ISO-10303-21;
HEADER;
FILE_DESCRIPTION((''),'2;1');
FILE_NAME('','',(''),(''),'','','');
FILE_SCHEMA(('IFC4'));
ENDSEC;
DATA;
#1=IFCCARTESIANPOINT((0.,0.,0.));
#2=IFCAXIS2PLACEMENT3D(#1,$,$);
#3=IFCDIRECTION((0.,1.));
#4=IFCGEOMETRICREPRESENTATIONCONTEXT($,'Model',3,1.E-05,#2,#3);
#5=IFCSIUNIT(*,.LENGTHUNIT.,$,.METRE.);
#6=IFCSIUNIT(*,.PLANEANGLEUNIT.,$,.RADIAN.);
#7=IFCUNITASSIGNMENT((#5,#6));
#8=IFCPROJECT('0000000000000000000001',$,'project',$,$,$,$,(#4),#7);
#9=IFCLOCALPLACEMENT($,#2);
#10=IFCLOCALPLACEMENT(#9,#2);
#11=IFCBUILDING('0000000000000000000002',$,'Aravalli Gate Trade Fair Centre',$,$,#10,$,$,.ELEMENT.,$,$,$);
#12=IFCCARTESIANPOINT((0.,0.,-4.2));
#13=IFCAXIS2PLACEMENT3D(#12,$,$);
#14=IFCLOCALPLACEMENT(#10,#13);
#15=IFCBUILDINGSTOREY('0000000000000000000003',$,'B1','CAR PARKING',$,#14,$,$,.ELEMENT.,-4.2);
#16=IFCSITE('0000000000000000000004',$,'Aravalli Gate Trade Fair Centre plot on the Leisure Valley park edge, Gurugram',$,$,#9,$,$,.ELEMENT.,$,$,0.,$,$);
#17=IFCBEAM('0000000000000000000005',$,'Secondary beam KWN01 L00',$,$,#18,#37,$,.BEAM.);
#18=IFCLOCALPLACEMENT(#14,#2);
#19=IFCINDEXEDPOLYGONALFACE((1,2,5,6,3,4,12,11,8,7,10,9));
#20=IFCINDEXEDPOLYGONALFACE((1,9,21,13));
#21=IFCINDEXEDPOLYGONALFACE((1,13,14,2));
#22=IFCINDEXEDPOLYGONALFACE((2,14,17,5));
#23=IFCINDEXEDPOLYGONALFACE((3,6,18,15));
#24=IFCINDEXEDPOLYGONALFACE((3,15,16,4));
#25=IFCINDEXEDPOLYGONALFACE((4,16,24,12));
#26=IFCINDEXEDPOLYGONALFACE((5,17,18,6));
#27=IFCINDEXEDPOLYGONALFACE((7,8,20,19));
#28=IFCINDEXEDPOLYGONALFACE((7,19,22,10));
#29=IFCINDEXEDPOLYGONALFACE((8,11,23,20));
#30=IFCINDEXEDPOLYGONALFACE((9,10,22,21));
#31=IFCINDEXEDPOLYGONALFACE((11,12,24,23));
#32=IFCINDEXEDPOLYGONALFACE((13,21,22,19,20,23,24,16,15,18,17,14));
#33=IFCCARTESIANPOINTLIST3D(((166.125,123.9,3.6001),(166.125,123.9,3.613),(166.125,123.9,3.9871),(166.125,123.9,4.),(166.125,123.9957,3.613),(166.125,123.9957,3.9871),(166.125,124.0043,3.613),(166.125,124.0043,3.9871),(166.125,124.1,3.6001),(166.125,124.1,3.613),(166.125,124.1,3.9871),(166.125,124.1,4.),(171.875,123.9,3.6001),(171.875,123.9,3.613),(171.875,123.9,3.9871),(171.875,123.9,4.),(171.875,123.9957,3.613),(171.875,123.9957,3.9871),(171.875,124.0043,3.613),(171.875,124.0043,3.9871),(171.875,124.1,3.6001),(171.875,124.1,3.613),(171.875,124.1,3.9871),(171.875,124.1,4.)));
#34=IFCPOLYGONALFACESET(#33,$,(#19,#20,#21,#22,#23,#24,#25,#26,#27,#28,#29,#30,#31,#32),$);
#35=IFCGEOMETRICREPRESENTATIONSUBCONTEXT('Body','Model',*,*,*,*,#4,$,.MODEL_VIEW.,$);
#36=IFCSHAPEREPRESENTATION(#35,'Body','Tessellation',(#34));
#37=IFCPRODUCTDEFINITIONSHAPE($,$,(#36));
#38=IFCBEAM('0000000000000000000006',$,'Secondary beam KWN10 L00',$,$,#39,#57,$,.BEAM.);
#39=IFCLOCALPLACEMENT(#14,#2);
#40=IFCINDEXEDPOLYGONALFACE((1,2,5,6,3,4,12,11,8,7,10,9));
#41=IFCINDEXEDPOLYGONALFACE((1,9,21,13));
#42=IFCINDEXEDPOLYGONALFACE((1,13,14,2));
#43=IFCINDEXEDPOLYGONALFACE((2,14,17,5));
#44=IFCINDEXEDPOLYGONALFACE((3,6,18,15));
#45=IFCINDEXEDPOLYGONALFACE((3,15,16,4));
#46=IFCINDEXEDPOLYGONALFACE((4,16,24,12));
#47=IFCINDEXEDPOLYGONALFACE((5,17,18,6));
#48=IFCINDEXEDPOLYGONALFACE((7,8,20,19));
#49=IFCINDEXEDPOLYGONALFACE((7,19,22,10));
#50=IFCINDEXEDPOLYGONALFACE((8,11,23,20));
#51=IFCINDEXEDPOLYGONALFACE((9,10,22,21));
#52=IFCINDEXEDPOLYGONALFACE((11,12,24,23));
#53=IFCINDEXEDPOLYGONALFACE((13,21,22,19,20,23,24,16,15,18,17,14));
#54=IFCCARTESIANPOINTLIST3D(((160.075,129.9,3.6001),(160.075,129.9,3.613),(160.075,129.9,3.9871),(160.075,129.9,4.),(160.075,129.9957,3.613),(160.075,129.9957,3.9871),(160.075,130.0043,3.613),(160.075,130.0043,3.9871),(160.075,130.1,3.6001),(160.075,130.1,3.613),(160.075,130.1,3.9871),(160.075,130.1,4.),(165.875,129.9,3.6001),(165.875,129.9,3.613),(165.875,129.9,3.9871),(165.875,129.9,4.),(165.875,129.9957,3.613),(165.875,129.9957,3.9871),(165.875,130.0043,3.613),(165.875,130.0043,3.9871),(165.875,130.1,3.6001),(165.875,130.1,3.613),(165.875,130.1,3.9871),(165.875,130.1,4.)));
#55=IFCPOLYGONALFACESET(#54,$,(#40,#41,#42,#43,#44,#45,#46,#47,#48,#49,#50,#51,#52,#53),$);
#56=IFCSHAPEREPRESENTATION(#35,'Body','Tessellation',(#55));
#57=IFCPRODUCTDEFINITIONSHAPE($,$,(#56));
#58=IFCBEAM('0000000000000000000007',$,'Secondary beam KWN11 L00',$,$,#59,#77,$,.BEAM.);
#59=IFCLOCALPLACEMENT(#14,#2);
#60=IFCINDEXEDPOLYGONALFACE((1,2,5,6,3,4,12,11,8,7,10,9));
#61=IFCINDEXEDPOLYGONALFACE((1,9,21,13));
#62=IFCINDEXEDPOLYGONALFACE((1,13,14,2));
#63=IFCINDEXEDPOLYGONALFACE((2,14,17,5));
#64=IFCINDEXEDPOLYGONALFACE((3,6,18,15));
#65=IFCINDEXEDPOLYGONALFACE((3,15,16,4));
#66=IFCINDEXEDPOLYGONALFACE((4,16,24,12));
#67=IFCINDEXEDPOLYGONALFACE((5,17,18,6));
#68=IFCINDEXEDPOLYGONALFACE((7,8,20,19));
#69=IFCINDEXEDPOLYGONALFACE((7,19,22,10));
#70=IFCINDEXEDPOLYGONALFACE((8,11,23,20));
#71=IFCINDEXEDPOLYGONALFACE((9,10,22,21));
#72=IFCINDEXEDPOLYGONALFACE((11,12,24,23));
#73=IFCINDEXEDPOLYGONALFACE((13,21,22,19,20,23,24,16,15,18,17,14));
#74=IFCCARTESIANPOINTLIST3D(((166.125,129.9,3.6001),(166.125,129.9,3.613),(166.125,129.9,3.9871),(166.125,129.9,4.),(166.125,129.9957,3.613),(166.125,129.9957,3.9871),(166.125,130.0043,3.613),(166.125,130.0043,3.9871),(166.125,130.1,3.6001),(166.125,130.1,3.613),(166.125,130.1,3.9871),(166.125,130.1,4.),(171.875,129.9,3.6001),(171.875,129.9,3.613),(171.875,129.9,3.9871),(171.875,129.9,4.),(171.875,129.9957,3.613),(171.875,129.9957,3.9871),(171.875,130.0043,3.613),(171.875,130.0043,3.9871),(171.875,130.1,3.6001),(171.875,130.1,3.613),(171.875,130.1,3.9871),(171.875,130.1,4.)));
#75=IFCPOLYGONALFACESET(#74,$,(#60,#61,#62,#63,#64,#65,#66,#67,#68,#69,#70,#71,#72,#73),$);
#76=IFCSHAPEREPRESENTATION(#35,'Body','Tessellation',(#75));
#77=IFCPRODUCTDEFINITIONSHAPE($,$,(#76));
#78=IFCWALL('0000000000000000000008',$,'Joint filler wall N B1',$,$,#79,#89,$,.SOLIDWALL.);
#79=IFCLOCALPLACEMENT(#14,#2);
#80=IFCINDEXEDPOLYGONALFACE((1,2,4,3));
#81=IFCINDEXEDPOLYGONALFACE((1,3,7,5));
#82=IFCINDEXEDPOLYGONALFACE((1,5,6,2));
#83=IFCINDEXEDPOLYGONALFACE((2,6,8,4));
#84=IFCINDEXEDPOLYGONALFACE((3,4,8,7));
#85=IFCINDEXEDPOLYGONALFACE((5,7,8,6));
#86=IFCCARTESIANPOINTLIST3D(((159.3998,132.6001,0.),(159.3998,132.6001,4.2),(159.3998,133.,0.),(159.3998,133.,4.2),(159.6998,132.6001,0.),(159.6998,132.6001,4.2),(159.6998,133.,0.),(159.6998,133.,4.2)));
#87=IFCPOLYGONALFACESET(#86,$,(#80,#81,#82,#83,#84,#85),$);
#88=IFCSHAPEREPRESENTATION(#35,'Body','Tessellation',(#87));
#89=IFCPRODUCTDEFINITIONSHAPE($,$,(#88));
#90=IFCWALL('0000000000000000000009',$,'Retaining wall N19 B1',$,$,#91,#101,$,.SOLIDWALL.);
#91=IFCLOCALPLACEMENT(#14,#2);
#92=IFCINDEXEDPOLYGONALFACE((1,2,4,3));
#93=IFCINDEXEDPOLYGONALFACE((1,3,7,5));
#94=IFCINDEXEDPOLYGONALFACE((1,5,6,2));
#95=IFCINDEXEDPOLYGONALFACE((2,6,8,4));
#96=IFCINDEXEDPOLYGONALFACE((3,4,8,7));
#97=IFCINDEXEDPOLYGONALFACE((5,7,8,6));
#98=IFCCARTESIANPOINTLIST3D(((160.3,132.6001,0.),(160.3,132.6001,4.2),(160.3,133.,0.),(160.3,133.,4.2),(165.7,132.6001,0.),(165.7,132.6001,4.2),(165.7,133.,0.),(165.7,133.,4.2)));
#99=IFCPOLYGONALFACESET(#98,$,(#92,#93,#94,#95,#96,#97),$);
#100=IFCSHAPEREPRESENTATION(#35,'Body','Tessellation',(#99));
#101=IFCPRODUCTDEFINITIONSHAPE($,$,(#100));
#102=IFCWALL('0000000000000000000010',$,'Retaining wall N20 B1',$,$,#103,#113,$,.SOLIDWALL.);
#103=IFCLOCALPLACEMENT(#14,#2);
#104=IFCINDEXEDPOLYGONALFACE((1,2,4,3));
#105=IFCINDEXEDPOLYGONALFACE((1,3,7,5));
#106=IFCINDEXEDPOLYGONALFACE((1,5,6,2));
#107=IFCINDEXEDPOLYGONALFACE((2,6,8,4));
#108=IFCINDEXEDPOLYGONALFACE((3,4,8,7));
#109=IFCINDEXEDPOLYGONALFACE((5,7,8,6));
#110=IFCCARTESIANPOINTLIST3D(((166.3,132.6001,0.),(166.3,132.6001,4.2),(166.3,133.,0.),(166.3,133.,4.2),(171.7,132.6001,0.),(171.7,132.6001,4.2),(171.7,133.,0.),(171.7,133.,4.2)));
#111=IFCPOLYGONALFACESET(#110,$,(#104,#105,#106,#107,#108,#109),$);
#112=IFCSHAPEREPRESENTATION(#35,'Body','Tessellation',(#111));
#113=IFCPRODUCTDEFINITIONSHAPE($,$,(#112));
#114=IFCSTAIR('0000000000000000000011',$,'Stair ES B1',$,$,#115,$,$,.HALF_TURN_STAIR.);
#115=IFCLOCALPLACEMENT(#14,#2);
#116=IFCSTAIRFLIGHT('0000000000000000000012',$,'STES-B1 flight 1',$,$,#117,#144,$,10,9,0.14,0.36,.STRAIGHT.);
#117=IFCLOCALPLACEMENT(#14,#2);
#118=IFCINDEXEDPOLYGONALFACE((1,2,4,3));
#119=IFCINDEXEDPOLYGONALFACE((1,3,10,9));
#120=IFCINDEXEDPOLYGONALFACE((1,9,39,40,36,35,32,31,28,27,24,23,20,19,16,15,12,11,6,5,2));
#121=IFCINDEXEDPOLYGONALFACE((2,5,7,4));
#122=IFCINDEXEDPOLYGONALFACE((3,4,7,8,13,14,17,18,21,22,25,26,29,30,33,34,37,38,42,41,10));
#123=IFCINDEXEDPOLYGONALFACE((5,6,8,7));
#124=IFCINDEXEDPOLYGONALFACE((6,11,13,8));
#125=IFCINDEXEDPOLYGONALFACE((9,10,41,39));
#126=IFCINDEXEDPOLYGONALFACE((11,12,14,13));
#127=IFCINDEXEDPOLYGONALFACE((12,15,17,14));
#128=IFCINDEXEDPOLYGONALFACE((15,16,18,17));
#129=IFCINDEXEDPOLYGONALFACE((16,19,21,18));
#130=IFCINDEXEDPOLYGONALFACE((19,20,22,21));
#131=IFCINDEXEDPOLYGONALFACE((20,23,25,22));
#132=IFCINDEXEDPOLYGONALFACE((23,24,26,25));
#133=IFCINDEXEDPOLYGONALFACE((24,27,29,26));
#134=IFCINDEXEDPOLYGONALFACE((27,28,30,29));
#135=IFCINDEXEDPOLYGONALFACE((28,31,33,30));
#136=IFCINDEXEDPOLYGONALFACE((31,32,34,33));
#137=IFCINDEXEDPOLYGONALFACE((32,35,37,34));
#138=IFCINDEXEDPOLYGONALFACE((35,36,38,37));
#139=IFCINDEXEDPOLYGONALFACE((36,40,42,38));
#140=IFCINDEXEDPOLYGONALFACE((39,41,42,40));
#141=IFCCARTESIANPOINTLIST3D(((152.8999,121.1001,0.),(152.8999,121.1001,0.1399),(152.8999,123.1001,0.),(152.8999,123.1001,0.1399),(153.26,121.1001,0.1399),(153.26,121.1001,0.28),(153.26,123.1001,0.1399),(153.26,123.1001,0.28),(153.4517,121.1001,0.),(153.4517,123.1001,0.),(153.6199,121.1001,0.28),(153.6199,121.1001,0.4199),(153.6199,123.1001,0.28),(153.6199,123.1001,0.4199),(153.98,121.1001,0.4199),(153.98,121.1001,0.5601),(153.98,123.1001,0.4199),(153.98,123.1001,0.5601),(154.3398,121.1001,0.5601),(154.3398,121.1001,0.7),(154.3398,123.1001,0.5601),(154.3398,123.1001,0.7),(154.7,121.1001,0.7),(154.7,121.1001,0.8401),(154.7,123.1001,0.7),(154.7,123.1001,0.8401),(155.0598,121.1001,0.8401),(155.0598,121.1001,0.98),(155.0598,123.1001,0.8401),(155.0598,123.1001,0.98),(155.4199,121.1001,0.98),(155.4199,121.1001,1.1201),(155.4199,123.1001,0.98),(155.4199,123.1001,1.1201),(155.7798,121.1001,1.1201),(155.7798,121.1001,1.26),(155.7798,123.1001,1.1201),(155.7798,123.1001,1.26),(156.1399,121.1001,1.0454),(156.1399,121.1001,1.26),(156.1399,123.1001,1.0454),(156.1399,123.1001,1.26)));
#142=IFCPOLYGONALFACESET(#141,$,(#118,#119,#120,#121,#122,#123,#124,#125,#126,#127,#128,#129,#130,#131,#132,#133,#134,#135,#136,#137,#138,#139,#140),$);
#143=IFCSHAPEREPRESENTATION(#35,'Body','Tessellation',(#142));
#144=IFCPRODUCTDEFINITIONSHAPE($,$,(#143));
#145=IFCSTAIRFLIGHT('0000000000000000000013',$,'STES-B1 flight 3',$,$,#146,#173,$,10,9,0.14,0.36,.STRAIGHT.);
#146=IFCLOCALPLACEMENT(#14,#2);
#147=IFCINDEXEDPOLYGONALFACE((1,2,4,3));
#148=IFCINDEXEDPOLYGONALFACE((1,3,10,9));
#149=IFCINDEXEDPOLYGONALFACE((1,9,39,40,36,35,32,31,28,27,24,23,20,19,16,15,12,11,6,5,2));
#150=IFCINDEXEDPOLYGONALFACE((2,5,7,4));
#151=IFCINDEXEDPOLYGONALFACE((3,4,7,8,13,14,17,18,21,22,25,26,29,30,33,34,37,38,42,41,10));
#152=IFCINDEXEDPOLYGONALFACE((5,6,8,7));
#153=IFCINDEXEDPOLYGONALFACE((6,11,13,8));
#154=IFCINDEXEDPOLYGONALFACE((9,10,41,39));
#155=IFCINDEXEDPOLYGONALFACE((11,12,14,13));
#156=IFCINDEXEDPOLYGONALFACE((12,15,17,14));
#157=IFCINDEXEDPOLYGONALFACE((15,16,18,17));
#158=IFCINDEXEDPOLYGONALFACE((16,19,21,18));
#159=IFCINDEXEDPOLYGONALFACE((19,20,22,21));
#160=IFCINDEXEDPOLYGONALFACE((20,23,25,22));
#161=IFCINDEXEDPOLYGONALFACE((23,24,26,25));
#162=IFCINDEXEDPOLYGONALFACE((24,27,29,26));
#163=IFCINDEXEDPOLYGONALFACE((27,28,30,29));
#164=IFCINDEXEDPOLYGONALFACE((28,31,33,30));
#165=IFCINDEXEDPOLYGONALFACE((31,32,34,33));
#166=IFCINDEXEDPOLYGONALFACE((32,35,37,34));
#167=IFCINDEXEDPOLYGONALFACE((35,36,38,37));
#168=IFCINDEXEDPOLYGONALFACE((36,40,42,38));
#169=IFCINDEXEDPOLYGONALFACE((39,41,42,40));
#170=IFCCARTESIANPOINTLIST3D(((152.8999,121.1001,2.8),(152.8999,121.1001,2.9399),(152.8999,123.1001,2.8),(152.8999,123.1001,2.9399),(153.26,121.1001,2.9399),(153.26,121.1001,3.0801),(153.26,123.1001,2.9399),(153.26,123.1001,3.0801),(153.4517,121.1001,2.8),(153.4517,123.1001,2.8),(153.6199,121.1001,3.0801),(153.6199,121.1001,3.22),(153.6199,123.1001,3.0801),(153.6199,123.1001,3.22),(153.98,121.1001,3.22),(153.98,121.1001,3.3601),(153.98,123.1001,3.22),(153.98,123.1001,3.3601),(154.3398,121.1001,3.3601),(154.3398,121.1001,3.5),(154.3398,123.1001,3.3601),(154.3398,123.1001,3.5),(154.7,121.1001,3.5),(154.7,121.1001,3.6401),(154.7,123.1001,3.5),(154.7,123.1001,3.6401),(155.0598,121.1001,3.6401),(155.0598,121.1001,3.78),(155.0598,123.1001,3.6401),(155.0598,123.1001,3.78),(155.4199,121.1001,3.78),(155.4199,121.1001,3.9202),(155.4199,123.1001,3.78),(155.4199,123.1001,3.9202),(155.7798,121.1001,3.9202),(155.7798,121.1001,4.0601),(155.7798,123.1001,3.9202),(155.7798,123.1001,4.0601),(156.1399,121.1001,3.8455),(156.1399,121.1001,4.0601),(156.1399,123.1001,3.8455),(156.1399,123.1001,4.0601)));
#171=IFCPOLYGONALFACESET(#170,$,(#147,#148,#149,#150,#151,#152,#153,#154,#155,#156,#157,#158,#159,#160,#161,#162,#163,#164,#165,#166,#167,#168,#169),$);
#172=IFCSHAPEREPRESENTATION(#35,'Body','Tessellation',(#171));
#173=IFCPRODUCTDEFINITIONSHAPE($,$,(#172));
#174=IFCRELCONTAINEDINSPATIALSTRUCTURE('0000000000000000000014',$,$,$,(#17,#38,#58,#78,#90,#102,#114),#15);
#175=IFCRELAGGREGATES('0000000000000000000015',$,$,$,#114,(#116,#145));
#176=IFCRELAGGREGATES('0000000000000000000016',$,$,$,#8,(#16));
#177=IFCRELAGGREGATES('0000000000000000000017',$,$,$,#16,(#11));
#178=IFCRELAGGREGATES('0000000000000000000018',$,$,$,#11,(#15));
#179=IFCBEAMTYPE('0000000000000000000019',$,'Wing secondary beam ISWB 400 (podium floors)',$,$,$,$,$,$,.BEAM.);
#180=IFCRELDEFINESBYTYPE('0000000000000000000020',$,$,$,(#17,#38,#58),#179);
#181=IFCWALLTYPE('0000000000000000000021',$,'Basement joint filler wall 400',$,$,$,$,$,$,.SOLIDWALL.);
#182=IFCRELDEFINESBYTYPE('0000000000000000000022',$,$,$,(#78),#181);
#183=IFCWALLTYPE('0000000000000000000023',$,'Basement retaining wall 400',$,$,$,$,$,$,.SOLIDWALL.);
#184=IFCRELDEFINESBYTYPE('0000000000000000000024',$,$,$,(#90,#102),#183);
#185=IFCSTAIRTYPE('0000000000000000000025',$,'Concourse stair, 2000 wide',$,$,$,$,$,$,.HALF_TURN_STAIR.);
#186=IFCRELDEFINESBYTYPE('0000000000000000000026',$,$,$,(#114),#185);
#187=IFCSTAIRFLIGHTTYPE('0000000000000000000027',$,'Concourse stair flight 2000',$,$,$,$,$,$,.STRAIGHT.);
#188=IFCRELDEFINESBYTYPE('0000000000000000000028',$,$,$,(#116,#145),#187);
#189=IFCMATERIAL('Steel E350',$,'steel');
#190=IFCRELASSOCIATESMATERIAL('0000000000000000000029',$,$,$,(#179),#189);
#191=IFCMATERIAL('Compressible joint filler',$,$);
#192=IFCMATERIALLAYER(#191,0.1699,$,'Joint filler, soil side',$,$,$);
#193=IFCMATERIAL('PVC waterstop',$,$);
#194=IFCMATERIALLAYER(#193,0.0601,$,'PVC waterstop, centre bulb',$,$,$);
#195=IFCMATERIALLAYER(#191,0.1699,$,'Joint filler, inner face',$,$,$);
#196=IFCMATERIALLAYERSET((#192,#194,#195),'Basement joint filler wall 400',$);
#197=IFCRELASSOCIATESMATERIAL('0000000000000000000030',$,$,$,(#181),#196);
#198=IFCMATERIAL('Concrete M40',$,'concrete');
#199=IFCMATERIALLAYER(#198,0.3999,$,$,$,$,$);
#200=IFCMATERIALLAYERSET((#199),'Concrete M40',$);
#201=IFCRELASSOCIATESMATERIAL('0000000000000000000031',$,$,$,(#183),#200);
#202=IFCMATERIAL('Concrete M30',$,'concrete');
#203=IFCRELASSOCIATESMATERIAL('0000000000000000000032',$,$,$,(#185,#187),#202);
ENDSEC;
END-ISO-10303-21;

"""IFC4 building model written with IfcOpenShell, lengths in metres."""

from ifc_helpers import new_model, si_unit, direction, frame, frame_2d, origin, origin_2d, place, context, subcontext, project, spatial, polyline, rectangle, i_section, outline, extrude, material, layer, layer_set, material_profile, profile_set, type_object, element, aggregate, save


model = new_model("IFC4")

# Units and contexts
model_context = context("Model", 3, precision=1e-05, world=origin(), true_north=direction((0.0, 1.0)))
body_context = subcontext(model_context, "Body", "Model", "MODEL_VIEW")
ifc_project = project(units=[si_unit("LENGTHUNIT", "METRE"), si_unit("PLANEANGLEUNIT", "RADIAN")], contexts=[model_context])

# Site, building, storey
site_placement = place(None, origin())
site = spatial("IfcSite", under=ifc_project, at=site_placement, Name="Aravalli Gate Trade Fair Centre plot on the Leisure Valley park edge, Gurugram", CompositionType="ELEMENT", RefElevation=0.0)
building_placement = place(site_placement, origin())
building = spatial("IfcBuilding", under=site, at=building_placement, Name="Aravalli Gate Trade Fair Centre", CompositionType="ELEMENT")
storey_placement = place(building_placement, frame((0.0, 0.0, -4.2)))
storey = spatial("IfcBuildingStorey", under=building, at=storey_placement, Name="B1", Description="CAR PARKING", CompositionType="ELEMENT", Elevation=-4.2)

# Shared definitions
ifc_material_1 = material(Name="Steel E350", Category="steel")

# Beams
ifc_material_profile_1 = material_profile(ifc_material_1, i_section(OverallWidth=0.2, OverallDepth=0.3999, WebThickness=0.0085, FlangeThickness=0.0129, at=origin_2d()), Name="ISWB 400")
ifc_profile_set_1 = profile_set([ifc_material_profile_1], Name="Steel E350")
beam_type_1 = type_object("IfcBeamType", Name="Wing secondary beam ISWB 400 (podium floors)", PredefinedType="BEAM", material=ifc_profile_set_1)
beam_1_placement = place(storey_placement, frame((166.125, 124.0, 3.8), z_axis=(1.0, 0.0, 0.0), x_axis=(0.0, 1.0, 0.0)))
element("IfcBeam", 1, at=beam_1_placement, inside=storey, type_object=beam_type_1, Name="Secondary beam KWN01 L00", PredefinedType="BEAM", context=body_context, shape_type="SweptSolid", body=[
    extrude(i_section(OverallWidth=0.2, OverallDepth=0.3999, WebThickness=0.0085, FlangeThickness=0.0129, at=origin_2d()), origin(), (0.0, 0.0, 1.0), 5.75),
])
beam_2_placement = place(storey_placement, frame((160.075, 130.0, 3.8), z_axis=(1.0, 0.0, 0.0), x_axis=(0.0, 1.0, 0.0)))
element("IfcBeam", 2, at=beam_2_placement, inside=storey, type_object=beam_type_1, Name="Secondary beam KWN10 L00", PredefinedType="BEAM", context=body_context, shape_type="SweptSolid", body=[
    extrude(i_section(OverallWidth=0.2, OverallDepth=0.3999, WebThickness=0.0085, FlangeThickness=0.0129, at=origin_2d()), origin(), (0.0, 0.0, 1.0), 5.8),
])
beam_3_placement = place(storey_placement, frame((166.125, 130.0, 3.8), z_axis=(1.0, 0.0, 0.0), x_axis=(0.0, 1.0, 0.0)))
element("IfcBeam", 3, at=beam_3_placement, inside=storey, type_object=beam_type_1, Name="Secondary beam KWN11 L00", PredefinedType="BEAM", context=body_context, shape_type="SweptSolid", body=[
    extrude(i_section(OverallWidth=0.2, OverallDepth=0.3999, WebThickness=0.0085, FlangeThickness=0.0129, at=origin_2d()), origin(), (0.0, 0.0, 1.0), 5.75),
])

# Walls
ifc_material_2 = material(Name="Compressible joint filler")
ifc_layer_1 = layer(ifc_material_2, 0.1699, Name="Joint filler, soil side")
ifc_material_3 = material(Name="PVC waterstop")
ifc_layer_2 = layer(ifc_material_3, 0.0601, Name="PVC waterstop, centre bulb")
ifc_layer_3 = layer(ifc_material_2, 0.1699, Name="Joint filler, inner face")
ifc_layer_set_1 = layer_set([ifc_layer_1, ifc_layer_2, ifc_layer_3], Name="Basement joint filler wall 400")
wall_type_1 = type_object("IfcWallType", Name="Basement joint filler wall 400", PredefinedType="SOLIDWALL", material=ifc_layer_set_1)
wall_placement = place(storey_placement, frame((159.3999, 132.8, 0.0), z_axis=(0.0, 0.0, 1.0), x_axis=(1.0, 0.0, 0.0)))
element("IfcWall", 4, at=wall_placement, inside=storey, type_object=wall_type_1, Name="Joint filler wall N B1", PredefinedType="SOLIDWALL", context=body_context, shape_type="SweptSolid", body=[
    extrude(rectangle(XDim=0.3, YDim=0.3999, at=frame_2d((0.1499, 0.0))), origin(), (0.0, 0.0, 1.0), 4.2),
])
ifc_material_4 = material(Name="Concrete M40", Category="concrete")
ifc_layer_4 = layer(ifc_material_4, 0.3999)
ifc_layer_set_2 = layer_set([ifc_layer_4], Name="Concrete M40")
wall_type_2 = type_object("IfcWallType", Name="Basement retaining wall 400", PredefinedType="SOLIDWALL", material=ifc_layer_set_2)
for number, where, z_axis, x_axis, name in (
    (5, (160.3, 132.8, 0.0), (0.0, 0.0, 1.0), (1.0, 0.0, 0.0), "Retaining wall N19 B1"),
    (6, (166.3, 132.8, 0.0), (0.0, 0.0, 1.0), (1.0, 0.0, 0.0), "Retaining wall N20 B1"),
):
    element("IfcWall", number, at=place(storey_placement, frame(where, z_axis=z_axis, x_axis=x_axis)), inside=storey, type_object=wall_type_2, Name=name, PredefinedType="SOLIDWALL", context=body_context, shape_type="SweptSolid", body=[
        extrude(rectangle(XDim=5.3999, YDim=0.3999, at=frame_2d((2.7, 0.0))), origin(), (0.0, 0.0, 1.0), 4.2),
    ])

# Stair, stair flights
ifc_material_5 = material(Name="Concrete M30", Category="concrete")
stair_type = type_object("IfcStairType", Name="Concourse stair, 2000 wide", PredefinedType="HALF_TURN_STAIR", material=ifc_material_5)
stair_placement = place(storey_placement, origin())
stair = element("IfcStair", 7, at=stair_placement, inside=storey, type_object=stair_type, Name="Stair ES B1", PredefinedType="HALF_TURN_STAIR")
stair_flight_type = type_object("IfcStairFlightType", Name="Concourse stair flight 2000", PredefinedType="STRAIGHT", material=ifc_material_5)
stair_flight_1_placement = place(storey_placement, frame((152.8999, 122.1001, 0.0), z_axis=(0.0, 0.0, 1.0), x_axis=(1.0, 0.0, 0.0)))
stair_flight_1 = element("IfcStairFlight", 8, at=stair_flight_1_placement, type_object=stair_flight_type, Name="STES-B1 flight 1", NumberOfRisers=10, NumberOfTreads=9, PredefinedType="STRAIGHT", RiserHeight=0.14, TreadLength=0.36, context=body_context, shape_type="SweptSolid", body=[
    extrude(outline(polyline([(0.0, 0.0), (0.0, 0.1399), (0.3601, 0.1399), (0.3601, 0.28), (0.72, 0.28), (0.72, 0.4199), (1.0801, 0.4199), (1.0801, 0.5601), (1.4399, 0.5601), (1.4399, 0.7), (1.8, 0.7), (1.8, 0.8401), (2.1599, 0.8401), (2.1599, 0.98), (2.52, 0.98), (2.52, 1.1201), (2.8799, 1.1201), (2.8799, 1.26), (3.24, 1.26), (3.24, 1.3999), (3.24, 1.0454), (0.5518, 0.0), (0.0, 0.0)])), frame((0.0, 1.0, 0.0), z_axis=(0.0, -1.0, 0.0), x_axis=(1.0, 0.0, 0.0)), (0.0, 0.0, 1.0), 2.0),
])
stair_flight_2_placement = place(storey_placement, frame((152.8999, 122.1001, 2.8), z_axis=(0.0, 0.0, 1.0), x_axis=(1.0, 0.0, 0.0)))
stair_flight_2 = element("IfcStairFlight", 9, at=stair_flight_2_placement, type_object=stair_flight_type, Name="STES-B1 flight 3", NumberOfRisers=10, NumberOfTreads=9, PredefinedType="STRAIGHT", RiserHeight=0.14, TreadLength=0.36, context=body_context, shape_type="SweptSolid", body=[
    extrude(outline(polyline([(0.0, 0.0), (0.0, 0.1399), (0.3601, 0.1399), (0.3601, 0.28), (0.72, 0.28), (0.72, 0.4199), (1.0801, 0.4199), (1.0801, 0.5601), (1.4399, 0.5601), (1.4399, 0.7), (1.8, 0.7), (1.8, 0.8401), (2.1599, 0.8401), (2.1599, 0.98), (2.52, 0.98), (2.52, 1.1201), (2.8799, 1.1201), (2.8799, 1.26), (3.24, 1.26), (3.24, 1.3999), (3.24, 1.0454), (0.5518, 0.0), (0.0, 0.0)])), frame((0.0, 1.0, 0.0), z_axis=(0.0, -1.0, 0.0), x_axis=(1.0, 0.0, 0.0)), (0.0, 0.0, 1.0), 2.0),
])
aggregate(stair, [stair_flight_1, stair_flight_2])

save(model, "model.ifc")
